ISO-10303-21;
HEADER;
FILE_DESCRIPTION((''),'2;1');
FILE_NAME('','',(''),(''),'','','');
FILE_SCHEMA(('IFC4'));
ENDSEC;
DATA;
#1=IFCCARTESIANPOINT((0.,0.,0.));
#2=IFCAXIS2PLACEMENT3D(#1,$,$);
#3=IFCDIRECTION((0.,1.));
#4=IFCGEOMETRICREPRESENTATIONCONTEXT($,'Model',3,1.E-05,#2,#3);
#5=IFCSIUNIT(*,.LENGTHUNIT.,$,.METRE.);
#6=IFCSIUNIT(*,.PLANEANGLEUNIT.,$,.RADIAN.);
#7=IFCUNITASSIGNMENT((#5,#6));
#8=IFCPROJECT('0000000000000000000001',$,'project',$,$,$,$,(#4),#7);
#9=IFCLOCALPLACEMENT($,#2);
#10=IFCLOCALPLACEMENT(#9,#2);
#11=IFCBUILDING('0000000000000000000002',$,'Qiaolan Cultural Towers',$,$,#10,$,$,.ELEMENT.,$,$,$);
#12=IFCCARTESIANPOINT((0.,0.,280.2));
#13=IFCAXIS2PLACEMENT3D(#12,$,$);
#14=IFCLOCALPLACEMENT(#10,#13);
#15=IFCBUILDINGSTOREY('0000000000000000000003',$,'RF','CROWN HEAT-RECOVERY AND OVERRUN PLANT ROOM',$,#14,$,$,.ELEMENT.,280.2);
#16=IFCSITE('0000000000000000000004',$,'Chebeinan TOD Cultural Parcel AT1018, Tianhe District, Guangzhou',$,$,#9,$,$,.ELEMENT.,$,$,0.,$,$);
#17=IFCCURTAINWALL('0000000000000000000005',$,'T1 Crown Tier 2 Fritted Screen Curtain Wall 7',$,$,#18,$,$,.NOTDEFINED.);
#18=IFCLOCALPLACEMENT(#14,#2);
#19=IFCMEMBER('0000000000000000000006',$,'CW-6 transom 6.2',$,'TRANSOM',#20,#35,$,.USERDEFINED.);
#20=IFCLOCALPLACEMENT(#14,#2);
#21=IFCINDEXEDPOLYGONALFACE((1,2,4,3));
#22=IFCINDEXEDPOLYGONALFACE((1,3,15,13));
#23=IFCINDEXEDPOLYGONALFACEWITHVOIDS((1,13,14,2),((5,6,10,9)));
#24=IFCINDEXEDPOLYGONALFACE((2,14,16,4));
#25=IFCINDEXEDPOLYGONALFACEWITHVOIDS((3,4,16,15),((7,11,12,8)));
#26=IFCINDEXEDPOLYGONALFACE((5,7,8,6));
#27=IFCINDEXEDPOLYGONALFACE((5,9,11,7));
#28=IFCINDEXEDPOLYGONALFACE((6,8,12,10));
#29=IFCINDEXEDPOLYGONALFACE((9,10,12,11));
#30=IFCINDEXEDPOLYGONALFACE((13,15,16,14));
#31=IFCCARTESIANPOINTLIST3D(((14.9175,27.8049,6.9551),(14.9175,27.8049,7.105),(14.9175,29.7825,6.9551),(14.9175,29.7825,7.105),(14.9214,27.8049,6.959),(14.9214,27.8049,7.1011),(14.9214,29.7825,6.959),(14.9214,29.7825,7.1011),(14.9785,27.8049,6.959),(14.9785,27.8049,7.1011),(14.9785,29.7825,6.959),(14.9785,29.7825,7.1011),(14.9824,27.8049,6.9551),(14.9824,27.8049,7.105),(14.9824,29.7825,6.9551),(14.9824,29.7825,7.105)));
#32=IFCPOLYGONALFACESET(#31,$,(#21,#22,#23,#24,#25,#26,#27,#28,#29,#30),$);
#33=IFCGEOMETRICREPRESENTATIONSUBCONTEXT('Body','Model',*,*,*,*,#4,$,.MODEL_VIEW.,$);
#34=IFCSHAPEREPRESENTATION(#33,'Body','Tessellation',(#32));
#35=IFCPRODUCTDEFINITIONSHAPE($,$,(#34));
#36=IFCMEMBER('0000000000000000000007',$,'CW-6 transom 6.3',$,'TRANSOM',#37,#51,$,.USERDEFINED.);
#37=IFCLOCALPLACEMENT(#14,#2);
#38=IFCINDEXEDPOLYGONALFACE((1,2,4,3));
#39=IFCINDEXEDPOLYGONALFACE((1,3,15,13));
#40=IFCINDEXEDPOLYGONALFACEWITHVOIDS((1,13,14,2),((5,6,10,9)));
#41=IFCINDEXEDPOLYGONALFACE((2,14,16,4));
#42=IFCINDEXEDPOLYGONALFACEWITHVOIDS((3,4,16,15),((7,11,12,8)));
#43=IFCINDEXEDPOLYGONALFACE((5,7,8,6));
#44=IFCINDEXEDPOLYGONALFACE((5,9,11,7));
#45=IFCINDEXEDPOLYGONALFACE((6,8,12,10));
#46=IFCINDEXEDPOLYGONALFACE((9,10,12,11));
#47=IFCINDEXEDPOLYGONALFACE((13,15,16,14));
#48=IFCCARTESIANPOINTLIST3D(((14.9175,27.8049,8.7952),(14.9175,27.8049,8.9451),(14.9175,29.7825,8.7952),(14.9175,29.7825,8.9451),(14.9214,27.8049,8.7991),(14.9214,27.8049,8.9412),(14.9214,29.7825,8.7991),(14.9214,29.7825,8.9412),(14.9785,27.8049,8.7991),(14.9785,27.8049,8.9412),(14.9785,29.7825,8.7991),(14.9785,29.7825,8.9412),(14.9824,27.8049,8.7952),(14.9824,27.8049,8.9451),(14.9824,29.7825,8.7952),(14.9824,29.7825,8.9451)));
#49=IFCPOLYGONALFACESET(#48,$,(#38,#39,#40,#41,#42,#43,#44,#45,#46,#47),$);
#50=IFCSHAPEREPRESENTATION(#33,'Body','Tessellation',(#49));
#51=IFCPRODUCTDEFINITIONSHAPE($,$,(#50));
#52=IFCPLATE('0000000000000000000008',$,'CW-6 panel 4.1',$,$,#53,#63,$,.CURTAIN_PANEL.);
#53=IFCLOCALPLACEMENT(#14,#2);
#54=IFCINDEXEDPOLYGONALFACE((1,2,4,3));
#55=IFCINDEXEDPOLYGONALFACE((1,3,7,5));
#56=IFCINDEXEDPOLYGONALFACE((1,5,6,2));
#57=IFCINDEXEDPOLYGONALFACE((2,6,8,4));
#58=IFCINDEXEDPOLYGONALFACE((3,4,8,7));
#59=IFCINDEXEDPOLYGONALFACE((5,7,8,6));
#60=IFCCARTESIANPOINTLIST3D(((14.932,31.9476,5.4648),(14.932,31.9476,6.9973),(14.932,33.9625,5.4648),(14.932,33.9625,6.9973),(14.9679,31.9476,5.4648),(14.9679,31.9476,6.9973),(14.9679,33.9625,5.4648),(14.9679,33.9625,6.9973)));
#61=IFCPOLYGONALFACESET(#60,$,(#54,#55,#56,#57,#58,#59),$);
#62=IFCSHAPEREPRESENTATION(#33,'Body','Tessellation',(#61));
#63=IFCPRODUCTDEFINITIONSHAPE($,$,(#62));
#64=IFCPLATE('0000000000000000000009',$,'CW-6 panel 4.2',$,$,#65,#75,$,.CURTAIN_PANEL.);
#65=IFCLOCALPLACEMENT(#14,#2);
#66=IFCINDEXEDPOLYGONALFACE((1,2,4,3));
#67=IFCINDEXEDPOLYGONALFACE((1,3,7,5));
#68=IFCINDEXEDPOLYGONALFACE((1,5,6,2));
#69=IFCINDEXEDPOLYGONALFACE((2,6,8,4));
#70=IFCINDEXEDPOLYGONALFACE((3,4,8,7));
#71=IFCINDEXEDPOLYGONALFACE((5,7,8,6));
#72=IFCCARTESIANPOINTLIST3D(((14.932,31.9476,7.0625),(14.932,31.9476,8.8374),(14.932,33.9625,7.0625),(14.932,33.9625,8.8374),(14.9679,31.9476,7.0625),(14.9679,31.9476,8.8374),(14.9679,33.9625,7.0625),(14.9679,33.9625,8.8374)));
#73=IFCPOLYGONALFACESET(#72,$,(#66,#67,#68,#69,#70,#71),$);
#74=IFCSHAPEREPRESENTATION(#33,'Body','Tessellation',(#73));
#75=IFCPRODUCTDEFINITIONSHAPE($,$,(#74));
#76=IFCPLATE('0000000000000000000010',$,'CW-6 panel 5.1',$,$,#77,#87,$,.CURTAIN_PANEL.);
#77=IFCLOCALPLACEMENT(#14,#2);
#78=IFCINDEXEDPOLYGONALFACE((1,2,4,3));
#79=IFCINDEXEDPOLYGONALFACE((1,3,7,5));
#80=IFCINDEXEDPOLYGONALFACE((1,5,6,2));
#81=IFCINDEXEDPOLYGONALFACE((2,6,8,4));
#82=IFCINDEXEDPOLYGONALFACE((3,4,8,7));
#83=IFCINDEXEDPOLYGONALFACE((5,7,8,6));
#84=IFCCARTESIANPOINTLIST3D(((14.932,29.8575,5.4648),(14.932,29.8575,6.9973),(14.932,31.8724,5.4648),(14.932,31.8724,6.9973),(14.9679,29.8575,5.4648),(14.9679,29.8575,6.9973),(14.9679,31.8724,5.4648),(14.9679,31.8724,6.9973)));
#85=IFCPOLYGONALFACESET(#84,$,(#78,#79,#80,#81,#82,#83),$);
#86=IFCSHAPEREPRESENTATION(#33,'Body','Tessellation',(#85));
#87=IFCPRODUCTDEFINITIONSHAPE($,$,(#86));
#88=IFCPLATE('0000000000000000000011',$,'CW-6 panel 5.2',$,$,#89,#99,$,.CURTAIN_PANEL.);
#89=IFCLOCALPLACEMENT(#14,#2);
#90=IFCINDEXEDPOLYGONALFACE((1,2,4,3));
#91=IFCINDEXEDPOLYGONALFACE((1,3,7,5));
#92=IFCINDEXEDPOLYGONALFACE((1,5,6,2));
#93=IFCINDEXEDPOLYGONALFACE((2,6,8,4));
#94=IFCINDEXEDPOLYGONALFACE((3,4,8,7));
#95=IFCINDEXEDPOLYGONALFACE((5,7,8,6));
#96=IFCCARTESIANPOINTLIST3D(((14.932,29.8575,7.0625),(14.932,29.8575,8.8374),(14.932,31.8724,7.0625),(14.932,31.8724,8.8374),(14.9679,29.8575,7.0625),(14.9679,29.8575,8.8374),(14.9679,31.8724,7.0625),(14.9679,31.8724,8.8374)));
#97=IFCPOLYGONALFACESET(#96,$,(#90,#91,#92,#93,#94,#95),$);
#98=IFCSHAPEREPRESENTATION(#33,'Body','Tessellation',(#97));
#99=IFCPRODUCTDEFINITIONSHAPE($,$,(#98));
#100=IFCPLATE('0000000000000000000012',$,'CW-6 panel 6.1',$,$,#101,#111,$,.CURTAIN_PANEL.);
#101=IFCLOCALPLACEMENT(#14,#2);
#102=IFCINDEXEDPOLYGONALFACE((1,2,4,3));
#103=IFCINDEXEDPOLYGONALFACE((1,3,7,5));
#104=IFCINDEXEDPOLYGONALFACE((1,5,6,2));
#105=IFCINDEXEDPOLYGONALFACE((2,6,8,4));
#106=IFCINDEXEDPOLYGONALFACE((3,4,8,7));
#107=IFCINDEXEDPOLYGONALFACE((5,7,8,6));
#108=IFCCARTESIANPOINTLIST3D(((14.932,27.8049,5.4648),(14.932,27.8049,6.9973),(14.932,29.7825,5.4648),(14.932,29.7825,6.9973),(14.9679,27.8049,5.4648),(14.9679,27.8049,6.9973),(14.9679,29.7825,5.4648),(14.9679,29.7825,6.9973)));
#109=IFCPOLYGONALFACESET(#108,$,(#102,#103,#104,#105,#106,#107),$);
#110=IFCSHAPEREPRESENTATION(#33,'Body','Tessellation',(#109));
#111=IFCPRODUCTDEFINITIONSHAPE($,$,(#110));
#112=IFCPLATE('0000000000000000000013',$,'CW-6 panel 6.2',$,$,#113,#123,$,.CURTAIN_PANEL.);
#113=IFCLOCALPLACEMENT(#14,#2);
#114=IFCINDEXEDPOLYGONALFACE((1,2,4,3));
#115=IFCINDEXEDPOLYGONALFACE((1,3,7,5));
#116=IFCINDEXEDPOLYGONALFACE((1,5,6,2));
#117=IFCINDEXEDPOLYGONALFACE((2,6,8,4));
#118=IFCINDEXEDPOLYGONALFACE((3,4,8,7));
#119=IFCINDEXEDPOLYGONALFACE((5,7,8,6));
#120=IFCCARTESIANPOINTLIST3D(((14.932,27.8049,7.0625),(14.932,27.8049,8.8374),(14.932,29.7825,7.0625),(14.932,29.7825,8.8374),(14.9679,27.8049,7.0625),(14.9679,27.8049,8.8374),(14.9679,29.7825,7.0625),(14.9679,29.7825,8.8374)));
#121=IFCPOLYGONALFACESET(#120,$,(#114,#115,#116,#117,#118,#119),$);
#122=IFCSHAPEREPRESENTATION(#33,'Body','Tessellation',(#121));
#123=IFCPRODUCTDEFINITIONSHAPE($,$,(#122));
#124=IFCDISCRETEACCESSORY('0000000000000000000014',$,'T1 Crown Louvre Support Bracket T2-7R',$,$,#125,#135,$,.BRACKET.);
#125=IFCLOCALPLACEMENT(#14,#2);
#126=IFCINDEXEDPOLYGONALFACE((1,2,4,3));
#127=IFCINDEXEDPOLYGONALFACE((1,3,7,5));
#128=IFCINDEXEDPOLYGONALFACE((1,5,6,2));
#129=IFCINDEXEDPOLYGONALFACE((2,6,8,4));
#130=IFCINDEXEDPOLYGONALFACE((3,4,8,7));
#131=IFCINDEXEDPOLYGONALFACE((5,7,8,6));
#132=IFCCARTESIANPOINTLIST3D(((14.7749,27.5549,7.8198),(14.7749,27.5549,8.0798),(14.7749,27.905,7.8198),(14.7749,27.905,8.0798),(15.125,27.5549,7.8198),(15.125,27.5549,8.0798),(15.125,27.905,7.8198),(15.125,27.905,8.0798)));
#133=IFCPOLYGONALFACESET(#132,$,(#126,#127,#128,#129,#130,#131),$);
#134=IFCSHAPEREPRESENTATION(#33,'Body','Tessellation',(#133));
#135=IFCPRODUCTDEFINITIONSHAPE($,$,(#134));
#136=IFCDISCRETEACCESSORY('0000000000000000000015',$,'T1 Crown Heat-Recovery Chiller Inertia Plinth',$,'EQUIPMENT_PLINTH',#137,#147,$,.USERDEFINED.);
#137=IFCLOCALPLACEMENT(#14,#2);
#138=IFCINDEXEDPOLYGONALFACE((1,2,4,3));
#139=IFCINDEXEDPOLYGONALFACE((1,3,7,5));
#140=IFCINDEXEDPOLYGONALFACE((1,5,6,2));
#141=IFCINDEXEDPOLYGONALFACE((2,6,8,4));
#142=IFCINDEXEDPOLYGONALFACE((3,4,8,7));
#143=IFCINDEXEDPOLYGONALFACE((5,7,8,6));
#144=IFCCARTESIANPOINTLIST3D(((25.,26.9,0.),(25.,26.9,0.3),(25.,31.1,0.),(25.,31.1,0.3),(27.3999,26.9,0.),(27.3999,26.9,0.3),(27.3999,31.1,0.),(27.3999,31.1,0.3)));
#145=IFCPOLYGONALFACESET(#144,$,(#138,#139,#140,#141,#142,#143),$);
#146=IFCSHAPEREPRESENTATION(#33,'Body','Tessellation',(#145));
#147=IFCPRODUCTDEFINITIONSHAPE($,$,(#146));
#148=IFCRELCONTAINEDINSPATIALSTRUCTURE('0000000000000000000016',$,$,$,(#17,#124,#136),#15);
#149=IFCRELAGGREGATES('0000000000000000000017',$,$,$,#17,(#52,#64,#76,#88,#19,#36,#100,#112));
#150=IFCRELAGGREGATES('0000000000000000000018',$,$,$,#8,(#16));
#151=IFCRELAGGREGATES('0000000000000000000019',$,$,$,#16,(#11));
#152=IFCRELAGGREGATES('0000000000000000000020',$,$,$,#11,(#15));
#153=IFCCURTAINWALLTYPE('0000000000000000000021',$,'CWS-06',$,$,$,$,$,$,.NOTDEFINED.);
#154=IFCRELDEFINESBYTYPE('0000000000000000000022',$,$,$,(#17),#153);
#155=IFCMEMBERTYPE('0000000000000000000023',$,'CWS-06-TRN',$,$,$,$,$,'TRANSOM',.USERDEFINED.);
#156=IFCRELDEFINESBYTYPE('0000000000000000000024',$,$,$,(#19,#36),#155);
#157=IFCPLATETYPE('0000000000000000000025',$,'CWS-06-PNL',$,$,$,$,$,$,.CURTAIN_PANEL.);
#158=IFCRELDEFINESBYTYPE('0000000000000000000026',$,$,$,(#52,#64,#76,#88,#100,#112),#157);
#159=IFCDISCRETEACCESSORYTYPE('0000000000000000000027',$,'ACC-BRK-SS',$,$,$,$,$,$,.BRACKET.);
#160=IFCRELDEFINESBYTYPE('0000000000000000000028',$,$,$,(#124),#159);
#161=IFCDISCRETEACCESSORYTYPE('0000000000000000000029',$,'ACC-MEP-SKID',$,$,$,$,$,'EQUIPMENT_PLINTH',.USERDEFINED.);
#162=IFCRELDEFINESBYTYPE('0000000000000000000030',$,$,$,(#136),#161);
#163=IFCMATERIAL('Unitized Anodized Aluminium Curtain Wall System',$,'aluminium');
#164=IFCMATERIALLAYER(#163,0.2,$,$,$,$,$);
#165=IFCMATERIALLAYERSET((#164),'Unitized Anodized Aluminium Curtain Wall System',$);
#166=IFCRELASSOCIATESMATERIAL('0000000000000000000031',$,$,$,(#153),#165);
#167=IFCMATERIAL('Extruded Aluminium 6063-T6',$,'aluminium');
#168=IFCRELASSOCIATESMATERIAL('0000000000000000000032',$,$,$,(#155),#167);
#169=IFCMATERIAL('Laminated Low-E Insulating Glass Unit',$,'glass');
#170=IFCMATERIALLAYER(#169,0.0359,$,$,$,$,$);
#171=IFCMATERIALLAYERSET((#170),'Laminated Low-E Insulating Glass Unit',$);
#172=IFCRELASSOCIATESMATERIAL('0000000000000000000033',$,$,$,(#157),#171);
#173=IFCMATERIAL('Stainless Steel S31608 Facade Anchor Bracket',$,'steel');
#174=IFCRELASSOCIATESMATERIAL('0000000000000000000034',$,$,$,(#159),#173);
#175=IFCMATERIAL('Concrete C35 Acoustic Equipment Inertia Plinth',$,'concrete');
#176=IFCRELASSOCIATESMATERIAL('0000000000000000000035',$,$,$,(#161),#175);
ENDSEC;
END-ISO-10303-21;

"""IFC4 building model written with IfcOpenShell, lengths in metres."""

from ifc_helpers import new_model, si_unit, direction, frame, origin, origin_2d, place, context, subcontext, project, spatial, rectangle, hollow_rectangle, extrude, material, layer, layer_set, material_profile, profile_set, type_object, element, aggregate, save


model = new_model("IFC4")

# Units and contexts
model_context = context("Model", 3, precision=1e-05, world=origin(), true_north=direction((0.0, 1.0)))
body_context = subcontext(model_context, "Body", "Model", "MODEL_VIEW")
ifc_project = project(units=[si_unit("LENGTHUNIT", "METRE"), si_unit("PLANEANGLEUNIT", "RADIAN")], contexts=[model_context])

# Site, building, storey
site_placement = place(None, origin())
site = spatial("IfcSite", under=ifc_project, at=site_placement, Name="Chebeinan TOD Cultural Parcel AT1018, Tianhe District, Guangzhou", CompositionType="ELEMENT", RefElevation=0.0)
building_placement = place(site_placement, origin())
building = spatial("IfcBuilding", under=site, at=building_placement, Name="Qiaolan Cultural Towers", CompositionType="ELEMENT")
storey_placement = place(building_placement, frame((0.0, 0.0, 280.2)))
storey = spatial("IfcBuildingStorey", under=building, at=storey_placement, Name="RF", Description="CROWN HEAT-RECOVERY AND OVERRUN PLANT ROOM", CompositionType="ELEMENT", Elevation=280.2)

# Curtain wall, members, plates
ifc_material_1 = material(Name="Unitized Anodized Aluminium Curtain Wall System", Category="aluminium")
ifc_layer_1 = layer(ifc_material_1, 0.2)
ifc_layer_set_1 = layer_set([ifc_layer_1], Name="Unitized Anodized Aluminium Curtain Wall System")
curtain_wall_type = type_object("IfcCurtainWallType", Name="CWS-06", PredefinedType="NOTDEFINED", material=ifc_layer_set_1)
curtain_wall_placement = place(storey_placement, origin())
curtain_wall = element("IfcCurtainWall", 1, at=curtain_wall_placement, inside=storey, type_object=curtain_wall_type, Name="T1 Crown Tier 2 Fritted Screen Curtain Wall 7", PredefinedType="NOTDEFINED")
ifc_material_2 = material(Name="Extruded Aluminium 6063-T6", Category="aluminium")
ifc_material_profile_1 = material_profile(ifc_material_2, hollow_rectangle(XDim=0.0649, YDim=0.1499, WallThickness=0.0039, at=origin_2d()), Name="CWT-150x65x4")
ifc_profile_set_1 = profile_set([ifc_material_profile_1], Name="Extruded Aluminium 6063-T6")
member_type_1 = type_object("IfcMemberType", Name="CWS-06-TRN", ElementType="TRANSOM", PredefinedType="USERDEFINED", material=ifc_profile_set_1)
member_1_placement = place(storey_placement, frame((14.95, 29.7825, 7.03), z_axis=(0.0, -1.0, 0.0), x_axis=(1.0, 0.0, 0.0)))
member_1 = element("IfcMember", 2, at=member_1_placement, type_object=member_type_1, Name="CW-6 transom 6.2", ObjectType="TRANSOM", PredefinedType="USERDEFINED", context=body_context, shape_type="SweptSolid", body=[
    extrude(hollow_rectangle(XDim=0.0649, YDim=0.1499, WallThickness=0.0039, at=origin_2d()), origin(), (0.0, 0.0, 1.0), 1.9775),
])
member_2_placement = place(storey_placement, frame((14.95, 29.7825, 8.8701), z_axis=(0.0, -1.0, 0.0), x_axis=(1.0, 0.0, 0.0)))
member_2 = element("IfcMember", 3, at=member_2_placement, type_object=member_type_1, Name="CW-6 transom 6.3", ObjectType="TRANSOM", PredefinedType="USERDEFINED", context=body_context, shape_type="SweptSolid", body=[
    extrude(hollow_rectangle(XDim=0.0649, YDim=0.1499, WallThickness=0.0039, at=origin_2d()), origin(), (0.0, 0.0, 1.0), 1.9775),
])
ifc_material_3 = material(Name="Laminated Low-E Insulating Glass Unit", Category="glass")
ifc_layer_2 = layer(ifc_material_3, 0.0359)
ifc_layer_set_2 = layer_set([ifc_layer_2], Name="Laminated Low-E Insulating Glass Unit")
plate_type = type_object("IfcPlateType", Name="CWS-06-PNL", PredefinedType="CURTAIN_PANEL", material=ifc_layer_set_2)
plate_1_placement = place(storey_placement, frame((14.95, 32.9551, 5.4648), z_axis=(0.0, 0.0, 1.0), x_axis=(0.0, -1.0, 0.0)))
plate_1 = element("IfcPlate", 4, at=plate_1_placement, type_object=plate_type, Name="CW-6 panel 4.1", PredefinedType="CURTAIN_PANEL", context=body_context, shape_type="SweptSolid", body=[
    extrude(rectangle(XDim=2.0149, YDim=0.0359, at=origin_2d()), origin(), (0.0, 0.0, 1.0), 1.5325),
])
plate_2_placement = place(storey_placement, frame((14.95, 32.9551, 7.0625), z_axis=(0.0, 0.0, 1.0), x_axis=(0.0, -1.0, 0.0)))
plate_2 = element("IfcPlate", 5, at=plate_2_placement, type_object=plate_type, Name="CW-6 panel 4.2", PredefinedType="CURTAIN_PANEL", context=body_context, shape_type="SweptSolid", body=[
    extrude(rectangle(XDim=2.0149, YDim=0.0359, at=origin_2d()), origin(), (0.0, 0.0, 1.0), 1.7749),
])
plate_3_placement = place(storey_placement, frame((14.95, 30.865, 5.4648), z_axis=(0.0, 0.0, 1.0), x_axis=(0.0, -1.0, 0.0)))
plate_3 = element("IfcPlate", 6, at=plate_3_placement, type_object=plate_type, Name="CW-6 panel 5.1", PredefinedType="CURTAIN_PANEL", context=body_context, shape_type="SweptSolid", body=[
    extrude(rectangle(XDim=2.0149, YDim=0.0359, at=origin_2d()), origin(), (0.0, 0.0, 1.0), 1.5325),
])
plate_4_placement = place(storey_placement, frame((14.95, 30.865, 7.0625), z_axis=(0.0, 0.0, 1.0), x_axis=(0.0, -1.0, 0.0)))
plate_4 = element("IfcPlate", 7, at=plate_4_placement, type_object=plate_type, Name="CW-6 panel 5.2", PredefinedType="CURTAIN_PANEL", context=body_context, shape_type="SweptSolid", body=[
    extrude(rectangle(XDim=2.0149, YDim=0.0359, at=origin_2d()), origin(), (0.0, 0.0, 1.0), 1.7749),
])
plate_5_placement = place(storey_placement, frame((14.95, 28.7937, 5.4648), z_axis=(0.0, 0.0, 1.0), x_axis=(0.0, -1.0, 0.0)))
plate_5 = element("IfcPlate", 8, at=plate_5_placement, type_object=plate_type, Name="CW-6 panel 6.1", PredefinedType="CURTAIN_PANEL", context=body_context, shape_type="SweptSolid", body=[
    extrude(rectangle(XDim=1.9775, YDim=0.0359, at=origin_2d()), origin(), (0.0, 0.0, 1.0), 1.5325),
])
plate_6_placement = place(storey_placement, frame((14.95, 28.7937, 7.0625), z_axis=(0.0, 0.0, 1.0), x_axis=(0.0, -1.0, 0.0)))
plate_6 = element("IfcPlate", 9, at=plate_6_placement, type_object=plate_type, Name="CW-6 panel 6.2", PredefinedType="CURTAIN_PANEL", context=body_context, shape_type="SweptSolid", body=[
    extrude(rectangle(XDim=1.9775, YDim=0.0359, at=origin_2d()), origin(), (0.0, 0.0, 1.0), 1.7749),
])
aggregate(curtain_wall, [plate_1, plate_2, plate_3, plate_4, member_1, member_2, plate_5, plate_6])

# Discrete accessories
ifc_material_4 = material(Name="Stainless Steel S31608 Facade Anchor Bracket", Category="steel")
discrete_accessory_type_1 = type_object("IfcDiscreteAccessoryType", Name="ACC-BRK-SS", PredefinedType="BRACKET", material=ifc_material_4)
discrete_accessory_1_placement = place(storey_placement, frame((14.95, 27.73, 7.8198), z_axis=(0.0, 0.0, 1.0), x_axis=(0.0, -1.0, 0.0)))
element("IfcDiscreteAccessory", 10, at=discrete_accessory_1_placement, inside=storey, type_object=discrete_accessory_type_1, Name="T1 Crown Louvre Support Bracket T2-7R", PredefinedType="BRACKET", context=body_context, shape_type="SweptSolid", body=[
    extrude(rectangle(XDim=0.3501, YDim=0.3501, at=origin_2d()), origin(), (0.0, 0.0, 1.0), 0.26),
])
ifc_material_5 = material(Name="Concrete C35 Acoustic Equipment Inertia Plinth", Category="concrete")
discrete_accessory_type_2 = type_object("IfcDiscreteAccessoryType", Name="ACC-MEP-SKID", ElementType="EQUIPMENT_PLINTH", PredefinedType="USERDEFINED", material=ifc_material_5)
discrete_accessory_2_placement = place(storey_placement, frame((26.2, 29.0, 0.0), z_axis=(0.0, 0.0, 1.0), x_axis=(1.0, 0.0, 0.0)))
element("IfcDiscreteAccessory", 11, at=discrete_accessory_2_placement, inside=storey, type_object=discrete_accessory_type_2, Name="T1 Crown Heat-Recovery Chiller Inertia Plinth", ObjectType="EQUIPMENT_PLINTH", PredefinedType="USERDEFINED", context=body_context, shape_type="SweptSolid", body=[
    extrude(rectangle(XDim=2.3999, YDim=4.2, at=origin_2d()), origin(), (0.0, 0.0, 1.0), 0.3),
])

save(model, "model.ifc")
